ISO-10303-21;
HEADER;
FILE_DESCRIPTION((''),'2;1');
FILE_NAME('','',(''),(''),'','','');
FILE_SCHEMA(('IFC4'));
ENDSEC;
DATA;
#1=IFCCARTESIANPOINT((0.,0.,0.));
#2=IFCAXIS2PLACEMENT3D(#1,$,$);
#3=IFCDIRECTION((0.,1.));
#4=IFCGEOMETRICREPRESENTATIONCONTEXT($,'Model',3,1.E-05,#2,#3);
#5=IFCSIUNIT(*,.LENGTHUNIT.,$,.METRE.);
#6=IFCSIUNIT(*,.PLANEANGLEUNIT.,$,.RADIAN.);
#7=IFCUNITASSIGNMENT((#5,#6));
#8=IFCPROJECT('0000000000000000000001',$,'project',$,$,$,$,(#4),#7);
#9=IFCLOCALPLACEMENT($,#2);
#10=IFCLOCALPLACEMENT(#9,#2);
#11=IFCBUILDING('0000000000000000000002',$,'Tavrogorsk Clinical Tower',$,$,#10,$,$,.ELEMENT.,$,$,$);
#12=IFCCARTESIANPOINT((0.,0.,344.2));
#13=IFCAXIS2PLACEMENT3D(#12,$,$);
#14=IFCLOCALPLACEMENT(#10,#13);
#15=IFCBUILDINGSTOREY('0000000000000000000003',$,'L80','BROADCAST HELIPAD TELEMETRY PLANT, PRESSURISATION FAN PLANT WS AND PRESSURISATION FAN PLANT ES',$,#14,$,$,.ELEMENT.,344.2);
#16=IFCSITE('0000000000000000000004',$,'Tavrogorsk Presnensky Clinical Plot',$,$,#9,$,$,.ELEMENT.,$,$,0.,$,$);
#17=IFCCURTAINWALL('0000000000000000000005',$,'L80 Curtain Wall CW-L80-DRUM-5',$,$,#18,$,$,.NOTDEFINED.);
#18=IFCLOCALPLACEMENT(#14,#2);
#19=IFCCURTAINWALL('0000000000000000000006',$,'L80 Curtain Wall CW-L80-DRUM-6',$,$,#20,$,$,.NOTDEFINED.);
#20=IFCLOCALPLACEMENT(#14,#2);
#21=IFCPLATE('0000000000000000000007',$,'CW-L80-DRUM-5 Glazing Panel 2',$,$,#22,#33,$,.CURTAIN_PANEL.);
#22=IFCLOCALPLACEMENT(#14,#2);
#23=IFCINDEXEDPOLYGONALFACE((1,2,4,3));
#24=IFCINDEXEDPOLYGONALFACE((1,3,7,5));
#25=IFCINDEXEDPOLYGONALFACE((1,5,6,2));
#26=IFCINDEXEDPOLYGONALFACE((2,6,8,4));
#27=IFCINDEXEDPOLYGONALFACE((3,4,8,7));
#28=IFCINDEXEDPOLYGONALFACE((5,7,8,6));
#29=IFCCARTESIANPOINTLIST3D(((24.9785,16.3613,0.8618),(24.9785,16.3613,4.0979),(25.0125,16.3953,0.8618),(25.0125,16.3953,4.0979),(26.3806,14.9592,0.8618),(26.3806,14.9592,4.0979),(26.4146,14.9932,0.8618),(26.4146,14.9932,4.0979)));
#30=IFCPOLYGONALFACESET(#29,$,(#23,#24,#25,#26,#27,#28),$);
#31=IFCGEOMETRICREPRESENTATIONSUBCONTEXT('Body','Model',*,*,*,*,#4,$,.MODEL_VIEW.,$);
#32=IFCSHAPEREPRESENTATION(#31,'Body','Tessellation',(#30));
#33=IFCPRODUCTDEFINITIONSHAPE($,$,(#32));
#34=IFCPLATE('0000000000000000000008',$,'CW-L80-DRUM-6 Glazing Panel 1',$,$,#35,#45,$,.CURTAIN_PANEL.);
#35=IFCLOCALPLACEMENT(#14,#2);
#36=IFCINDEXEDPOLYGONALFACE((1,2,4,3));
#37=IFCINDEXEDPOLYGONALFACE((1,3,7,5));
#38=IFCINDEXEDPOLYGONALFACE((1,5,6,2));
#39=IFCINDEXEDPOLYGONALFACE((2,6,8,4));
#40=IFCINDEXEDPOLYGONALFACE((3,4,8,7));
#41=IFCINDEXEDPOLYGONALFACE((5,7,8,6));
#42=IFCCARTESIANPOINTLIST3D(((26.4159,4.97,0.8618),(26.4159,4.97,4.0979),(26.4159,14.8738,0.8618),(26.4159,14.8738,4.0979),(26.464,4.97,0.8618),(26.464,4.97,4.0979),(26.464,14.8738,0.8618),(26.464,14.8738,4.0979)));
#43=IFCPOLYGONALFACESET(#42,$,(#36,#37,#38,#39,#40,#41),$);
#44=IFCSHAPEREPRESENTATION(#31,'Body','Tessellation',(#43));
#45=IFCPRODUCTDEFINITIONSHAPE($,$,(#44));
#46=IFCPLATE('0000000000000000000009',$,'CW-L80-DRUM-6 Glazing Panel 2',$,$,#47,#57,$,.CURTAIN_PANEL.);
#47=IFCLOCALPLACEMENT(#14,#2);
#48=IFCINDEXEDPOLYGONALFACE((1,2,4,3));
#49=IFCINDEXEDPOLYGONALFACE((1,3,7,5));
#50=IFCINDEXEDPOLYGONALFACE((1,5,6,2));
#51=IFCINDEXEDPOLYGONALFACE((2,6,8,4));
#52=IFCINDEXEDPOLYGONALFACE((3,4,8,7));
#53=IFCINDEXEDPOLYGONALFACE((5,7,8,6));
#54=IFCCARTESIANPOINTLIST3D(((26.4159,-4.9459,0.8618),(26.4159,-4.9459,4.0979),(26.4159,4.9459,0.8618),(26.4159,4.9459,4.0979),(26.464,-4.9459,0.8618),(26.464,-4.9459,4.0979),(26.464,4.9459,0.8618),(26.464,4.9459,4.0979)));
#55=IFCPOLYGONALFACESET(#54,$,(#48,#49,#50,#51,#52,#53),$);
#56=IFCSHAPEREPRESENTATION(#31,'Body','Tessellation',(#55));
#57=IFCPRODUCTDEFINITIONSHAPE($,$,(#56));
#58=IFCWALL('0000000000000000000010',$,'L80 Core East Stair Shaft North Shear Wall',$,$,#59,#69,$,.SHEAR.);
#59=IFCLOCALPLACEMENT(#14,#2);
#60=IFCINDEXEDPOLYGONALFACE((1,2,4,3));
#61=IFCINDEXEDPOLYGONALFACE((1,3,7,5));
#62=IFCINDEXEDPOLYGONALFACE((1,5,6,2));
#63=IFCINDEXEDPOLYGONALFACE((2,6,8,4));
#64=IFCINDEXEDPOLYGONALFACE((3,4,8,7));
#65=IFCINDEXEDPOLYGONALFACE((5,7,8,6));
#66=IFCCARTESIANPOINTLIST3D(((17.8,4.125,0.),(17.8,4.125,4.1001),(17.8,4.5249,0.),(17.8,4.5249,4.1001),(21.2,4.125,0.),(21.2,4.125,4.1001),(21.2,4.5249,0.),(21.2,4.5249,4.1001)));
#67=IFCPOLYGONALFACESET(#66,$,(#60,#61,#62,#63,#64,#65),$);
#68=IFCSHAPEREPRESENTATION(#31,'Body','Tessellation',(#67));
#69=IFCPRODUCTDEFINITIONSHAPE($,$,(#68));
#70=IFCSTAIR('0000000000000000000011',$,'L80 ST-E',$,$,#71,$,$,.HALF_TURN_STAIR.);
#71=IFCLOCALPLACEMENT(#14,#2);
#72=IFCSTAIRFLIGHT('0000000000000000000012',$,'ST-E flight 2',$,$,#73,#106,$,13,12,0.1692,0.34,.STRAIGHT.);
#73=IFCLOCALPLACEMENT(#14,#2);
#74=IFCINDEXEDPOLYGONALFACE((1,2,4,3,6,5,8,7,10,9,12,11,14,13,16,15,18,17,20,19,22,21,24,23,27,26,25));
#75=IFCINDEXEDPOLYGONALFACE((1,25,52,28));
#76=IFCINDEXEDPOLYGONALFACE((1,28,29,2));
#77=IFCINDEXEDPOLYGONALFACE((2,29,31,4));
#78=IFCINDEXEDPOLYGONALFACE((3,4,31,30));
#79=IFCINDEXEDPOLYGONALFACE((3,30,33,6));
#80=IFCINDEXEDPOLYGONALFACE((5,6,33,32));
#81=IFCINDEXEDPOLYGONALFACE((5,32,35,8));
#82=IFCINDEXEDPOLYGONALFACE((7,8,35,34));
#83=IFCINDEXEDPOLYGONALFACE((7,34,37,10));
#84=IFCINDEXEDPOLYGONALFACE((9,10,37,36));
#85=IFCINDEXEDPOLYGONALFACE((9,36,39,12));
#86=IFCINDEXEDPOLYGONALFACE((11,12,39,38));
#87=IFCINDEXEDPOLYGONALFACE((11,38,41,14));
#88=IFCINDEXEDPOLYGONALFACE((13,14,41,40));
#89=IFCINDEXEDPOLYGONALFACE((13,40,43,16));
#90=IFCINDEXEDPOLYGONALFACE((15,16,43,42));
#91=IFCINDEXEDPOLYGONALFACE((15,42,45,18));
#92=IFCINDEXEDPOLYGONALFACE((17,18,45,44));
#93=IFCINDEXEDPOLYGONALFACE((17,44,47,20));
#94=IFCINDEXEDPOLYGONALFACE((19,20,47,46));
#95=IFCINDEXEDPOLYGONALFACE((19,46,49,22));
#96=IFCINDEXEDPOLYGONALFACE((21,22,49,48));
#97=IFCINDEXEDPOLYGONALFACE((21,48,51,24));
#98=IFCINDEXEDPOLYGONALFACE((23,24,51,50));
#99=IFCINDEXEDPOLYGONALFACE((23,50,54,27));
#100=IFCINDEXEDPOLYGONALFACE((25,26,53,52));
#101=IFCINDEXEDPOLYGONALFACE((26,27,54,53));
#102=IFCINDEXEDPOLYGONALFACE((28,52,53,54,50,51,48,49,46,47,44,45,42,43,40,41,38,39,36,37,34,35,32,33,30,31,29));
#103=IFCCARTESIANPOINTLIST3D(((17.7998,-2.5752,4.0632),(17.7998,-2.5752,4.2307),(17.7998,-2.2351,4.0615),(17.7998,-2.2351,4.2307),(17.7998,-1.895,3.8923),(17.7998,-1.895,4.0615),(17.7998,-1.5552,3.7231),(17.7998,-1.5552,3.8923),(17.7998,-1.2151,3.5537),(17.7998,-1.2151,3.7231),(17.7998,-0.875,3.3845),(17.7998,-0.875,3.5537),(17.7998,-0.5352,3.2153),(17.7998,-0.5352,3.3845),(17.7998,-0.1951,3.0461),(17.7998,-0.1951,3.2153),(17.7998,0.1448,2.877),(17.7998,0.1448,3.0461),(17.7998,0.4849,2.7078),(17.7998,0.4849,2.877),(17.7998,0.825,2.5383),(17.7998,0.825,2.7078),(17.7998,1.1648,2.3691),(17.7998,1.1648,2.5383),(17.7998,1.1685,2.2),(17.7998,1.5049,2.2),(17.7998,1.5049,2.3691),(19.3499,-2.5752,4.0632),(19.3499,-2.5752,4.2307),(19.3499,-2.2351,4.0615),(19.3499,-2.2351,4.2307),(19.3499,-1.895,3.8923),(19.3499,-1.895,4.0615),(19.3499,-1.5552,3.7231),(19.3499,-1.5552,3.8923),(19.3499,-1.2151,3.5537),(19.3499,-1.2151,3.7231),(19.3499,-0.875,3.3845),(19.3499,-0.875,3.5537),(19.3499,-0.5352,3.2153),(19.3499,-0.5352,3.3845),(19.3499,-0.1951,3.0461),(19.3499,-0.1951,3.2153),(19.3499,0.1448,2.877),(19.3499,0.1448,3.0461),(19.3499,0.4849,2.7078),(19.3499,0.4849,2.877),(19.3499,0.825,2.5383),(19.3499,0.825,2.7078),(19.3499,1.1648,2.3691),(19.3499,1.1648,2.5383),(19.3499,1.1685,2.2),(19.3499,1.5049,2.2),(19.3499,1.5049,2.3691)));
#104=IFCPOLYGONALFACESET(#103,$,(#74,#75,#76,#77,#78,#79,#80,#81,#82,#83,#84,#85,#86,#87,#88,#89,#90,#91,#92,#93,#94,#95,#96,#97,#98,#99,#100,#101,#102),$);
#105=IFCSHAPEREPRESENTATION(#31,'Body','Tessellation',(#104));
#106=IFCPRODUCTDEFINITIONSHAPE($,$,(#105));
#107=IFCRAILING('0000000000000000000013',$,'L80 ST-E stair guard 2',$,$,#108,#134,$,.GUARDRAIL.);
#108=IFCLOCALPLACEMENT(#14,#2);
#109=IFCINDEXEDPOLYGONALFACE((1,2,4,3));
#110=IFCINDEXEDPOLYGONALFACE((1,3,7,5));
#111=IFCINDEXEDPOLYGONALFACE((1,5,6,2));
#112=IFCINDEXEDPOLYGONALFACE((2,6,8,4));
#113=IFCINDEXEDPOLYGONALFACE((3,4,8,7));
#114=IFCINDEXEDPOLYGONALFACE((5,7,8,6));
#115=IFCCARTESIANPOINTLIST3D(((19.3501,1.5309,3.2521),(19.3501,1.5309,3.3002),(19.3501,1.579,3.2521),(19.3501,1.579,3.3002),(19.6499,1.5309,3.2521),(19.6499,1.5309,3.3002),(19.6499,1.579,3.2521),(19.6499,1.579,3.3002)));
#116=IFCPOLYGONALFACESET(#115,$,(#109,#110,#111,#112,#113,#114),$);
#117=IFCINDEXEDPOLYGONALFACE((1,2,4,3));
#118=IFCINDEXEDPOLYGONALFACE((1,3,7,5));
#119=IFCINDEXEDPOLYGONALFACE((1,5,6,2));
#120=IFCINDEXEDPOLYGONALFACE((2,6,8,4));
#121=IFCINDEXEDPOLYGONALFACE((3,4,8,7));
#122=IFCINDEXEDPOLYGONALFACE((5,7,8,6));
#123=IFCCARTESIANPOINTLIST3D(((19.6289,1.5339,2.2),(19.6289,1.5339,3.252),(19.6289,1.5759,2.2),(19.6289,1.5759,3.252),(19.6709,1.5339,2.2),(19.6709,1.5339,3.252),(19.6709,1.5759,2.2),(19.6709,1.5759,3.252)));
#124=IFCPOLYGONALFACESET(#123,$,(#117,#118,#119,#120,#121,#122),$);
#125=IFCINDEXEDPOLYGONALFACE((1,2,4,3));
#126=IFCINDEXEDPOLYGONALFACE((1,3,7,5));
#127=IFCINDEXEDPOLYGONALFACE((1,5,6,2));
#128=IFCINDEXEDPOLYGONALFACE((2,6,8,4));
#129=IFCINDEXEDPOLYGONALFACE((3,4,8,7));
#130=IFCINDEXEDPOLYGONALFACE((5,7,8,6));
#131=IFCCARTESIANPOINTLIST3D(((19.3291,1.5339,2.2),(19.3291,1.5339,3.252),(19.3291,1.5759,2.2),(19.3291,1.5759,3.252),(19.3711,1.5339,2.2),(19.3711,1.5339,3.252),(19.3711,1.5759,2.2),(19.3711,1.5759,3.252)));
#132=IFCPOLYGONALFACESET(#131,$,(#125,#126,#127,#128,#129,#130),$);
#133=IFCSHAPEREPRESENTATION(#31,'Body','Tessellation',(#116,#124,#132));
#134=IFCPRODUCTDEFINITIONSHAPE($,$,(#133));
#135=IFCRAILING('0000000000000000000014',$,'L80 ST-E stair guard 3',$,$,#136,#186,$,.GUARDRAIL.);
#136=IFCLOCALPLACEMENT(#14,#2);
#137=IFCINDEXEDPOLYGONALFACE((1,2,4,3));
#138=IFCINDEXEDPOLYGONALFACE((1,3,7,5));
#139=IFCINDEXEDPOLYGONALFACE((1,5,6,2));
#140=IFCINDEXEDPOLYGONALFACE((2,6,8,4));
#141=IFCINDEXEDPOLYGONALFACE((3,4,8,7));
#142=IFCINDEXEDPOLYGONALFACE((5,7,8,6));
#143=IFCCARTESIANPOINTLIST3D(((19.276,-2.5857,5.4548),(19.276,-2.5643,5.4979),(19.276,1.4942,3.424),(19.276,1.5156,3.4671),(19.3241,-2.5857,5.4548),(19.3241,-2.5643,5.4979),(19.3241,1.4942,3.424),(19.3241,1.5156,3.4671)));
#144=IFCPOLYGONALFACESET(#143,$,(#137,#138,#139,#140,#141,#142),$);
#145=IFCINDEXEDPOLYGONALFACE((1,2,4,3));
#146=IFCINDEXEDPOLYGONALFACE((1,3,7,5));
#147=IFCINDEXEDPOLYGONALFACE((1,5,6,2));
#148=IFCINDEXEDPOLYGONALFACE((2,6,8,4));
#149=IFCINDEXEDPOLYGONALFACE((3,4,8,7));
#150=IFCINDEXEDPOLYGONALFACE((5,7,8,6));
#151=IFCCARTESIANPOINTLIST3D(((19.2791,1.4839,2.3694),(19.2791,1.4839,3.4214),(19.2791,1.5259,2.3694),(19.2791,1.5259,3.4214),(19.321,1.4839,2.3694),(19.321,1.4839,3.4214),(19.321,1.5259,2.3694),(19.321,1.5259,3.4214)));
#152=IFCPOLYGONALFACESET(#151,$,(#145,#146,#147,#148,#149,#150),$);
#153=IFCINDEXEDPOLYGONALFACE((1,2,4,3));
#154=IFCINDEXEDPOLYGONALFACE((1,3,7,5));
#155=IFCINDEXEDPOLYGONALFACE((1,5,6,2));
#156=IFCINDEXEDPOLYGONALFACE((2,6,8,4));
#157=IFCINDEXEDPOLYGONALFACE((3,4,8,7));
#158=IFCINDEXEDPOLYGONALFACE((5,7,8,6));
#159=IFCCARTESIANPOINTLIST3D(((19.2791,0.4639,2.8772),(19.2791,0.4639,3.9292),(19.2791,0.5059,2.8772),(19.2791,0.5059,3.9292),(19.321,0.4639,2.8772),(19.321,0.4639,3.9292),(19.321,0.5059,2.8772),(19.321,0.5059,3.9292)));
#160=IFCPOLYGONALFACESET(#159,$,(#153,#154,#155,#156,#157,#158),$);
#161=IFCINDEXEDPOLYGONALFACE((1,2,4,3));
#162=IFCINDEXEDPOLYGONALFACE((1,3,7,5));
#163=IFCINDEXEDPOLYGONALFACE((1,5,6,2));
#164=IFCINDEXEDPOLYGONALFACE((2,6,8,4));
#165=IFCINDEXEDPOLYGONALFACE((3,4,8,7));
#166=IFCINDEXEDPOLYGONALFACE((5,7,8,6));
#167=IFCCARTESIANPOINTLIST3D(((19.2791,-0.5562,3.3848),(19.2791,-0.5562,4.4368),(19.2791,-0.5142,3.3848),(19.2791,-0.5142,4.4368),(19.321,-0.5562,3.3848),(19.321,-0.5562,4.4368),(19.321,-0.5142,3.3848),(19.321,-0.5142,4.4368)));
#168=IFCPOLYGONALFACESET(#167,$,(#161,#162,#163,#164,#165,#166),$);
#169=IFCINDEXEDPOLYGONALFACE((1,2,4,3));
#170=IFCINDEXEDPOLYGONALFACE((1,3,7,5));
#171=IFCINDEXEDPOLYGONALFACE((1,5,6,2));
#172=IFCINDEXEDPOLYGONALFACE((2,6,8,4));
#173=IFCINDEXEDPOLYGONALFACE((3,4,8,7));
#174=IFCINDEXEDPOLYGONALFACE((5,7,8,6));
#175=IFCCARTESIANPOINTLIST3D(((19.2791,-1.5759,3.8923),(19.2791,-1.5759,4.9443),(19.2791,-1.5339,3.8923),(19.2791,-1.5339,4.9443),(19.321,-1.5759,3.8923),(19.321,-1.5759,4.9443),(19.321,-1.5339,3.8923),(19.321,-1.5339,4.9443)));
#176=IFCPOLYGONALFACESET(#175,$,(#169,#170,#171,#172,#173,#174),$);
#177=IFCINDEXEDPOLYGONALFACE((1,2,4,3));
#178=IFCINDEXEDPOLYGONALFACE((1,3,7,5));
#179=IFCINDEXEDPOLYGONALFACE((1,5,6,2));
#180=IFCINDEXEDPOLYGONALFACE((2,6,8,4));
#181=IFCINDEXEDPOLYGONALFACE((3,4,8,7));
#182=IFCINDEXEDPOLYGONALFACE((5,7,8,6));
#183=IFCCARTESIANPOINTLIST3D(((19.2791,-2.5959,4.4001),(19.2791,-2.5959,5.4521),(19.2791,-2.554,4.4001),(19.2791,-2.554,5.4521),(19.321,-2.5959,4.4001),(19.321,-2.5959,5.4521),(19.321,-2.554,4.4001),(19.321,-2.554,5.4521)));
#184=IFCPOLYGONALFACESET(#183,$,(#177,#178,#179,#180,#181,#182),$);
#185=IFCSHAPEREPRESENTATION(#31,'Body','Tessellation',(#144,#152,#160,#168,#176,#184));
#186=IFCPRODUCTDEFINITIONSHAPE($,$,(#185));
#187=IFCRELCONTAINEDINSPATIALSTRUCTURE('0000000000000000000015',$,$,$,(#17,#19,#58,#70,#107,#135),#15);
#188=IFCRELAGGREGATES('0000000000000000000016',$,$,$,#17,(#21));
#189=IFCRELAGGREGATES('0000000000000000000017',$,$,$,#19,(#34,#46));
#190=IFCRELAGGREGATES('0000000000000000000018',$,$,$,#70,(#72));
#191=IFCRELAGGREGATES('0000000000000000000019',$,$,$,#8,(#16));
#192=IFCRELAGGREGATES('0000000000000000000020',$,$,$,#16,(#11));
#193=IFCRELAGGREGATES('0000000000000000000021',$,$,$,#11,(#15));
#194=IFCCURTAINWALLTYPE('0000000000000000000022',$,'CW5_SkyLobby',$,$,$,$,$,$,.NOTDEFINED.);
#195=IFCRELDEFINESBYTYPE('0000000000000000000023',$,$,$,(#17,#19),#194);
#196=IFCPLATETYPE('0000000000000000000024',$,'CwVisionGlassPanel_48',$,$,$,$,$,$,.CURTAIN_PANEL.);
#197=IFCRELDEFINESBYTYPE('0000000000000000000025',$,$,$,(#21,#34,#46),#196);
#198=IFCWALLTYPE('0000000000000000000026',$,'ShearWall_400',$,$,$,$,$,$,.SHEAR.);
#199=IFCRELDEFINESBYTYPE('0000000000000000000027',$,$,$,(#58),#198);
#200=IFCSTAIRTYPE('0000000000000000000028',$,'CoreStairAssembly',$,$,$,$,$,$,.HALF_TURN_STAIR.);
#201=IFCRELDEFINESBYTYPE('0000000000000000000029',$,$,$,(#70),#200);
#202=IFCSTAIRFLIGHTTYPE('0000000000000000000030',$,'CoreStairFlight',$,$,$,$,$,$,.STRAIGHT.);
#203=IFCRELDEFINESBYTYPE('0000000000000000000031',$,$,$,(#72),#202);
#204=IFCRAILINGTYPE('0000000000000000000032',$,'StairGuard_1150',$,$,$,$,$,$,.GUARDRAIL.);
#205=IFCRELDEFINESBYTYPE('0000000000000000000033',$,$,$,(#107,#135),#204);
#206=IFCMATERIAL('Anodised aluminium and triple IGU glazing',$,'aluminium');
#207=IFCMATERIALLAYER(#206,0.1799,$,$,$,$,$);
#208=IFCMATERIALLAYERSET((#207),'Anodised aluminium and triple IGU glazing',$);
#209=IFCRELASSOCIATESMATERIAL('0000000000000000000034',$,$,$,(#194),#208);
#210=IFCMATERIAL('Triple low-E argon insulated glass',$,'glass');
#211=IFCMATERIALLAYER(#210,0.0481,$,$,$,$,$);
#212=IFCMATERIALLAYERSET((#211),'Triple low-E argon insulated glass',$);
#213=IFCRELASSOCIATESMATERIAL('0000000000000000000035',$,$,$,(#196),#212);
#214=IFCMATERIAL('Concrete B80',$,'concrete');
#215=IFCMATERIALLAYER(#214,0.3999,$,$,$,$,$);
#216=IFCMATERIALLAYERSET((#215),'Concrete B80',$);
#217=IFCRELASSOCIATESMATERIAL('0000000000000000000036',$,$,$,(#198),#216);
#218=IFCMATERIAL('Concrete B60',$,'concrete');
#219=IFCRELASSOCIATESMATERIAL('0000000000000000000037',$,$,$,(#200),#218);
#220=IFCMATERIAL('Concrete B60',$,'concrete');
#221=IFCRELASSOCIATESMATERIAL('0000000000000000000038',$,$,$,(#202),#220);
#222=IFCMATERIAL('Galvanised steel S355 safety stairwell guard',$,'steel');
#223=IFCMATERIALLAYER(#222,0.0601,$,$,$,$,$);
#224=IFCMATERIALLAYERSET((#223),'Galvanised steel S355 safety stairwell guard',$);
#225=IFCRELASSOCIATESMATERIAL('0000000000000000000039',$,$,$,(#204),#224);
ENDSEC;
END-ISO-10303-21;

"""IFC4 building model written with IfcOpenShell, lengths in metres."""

from ifc_helpers import new_model, si_unit, direction, frame, frame_2d, origin, origin_2d, place, context, subcontext, project, spatial, polyline, rectangle, outline, extrude, material, layer, layer_set, type_object, element, aggregate, save


model = new_model("IFC4")

# Units and contexts
model_context = context("Model", 3, precision=1e-05, world=origin(), true_north=direction((0.0, 1.0)))
body_context = subcontext(model_context, "Body", "Model", "MODEL_VIEW")
ifc_project = project(units=[si_unit("LENGTHUNIT", "METRE"), si_unit("PLANEANGLEUNIT", "RADIAN")], contexts=[model_context])

# Site, building, storey
site_placement = place(None, origin())
site = spatial("IfcSite", under=ifc_project, at=site_placement, Name="Tavrogorsk Presnensky Clinical Plot", CompositionType="ELEMENT", RefElevation=0.0)
building_placement = place(site_placement, origin())
building = spatial("IfcBuilding", under=site, at=building_placement, Name="Tavrogorsk Clinical Tower", CompositionType="ELEMENT")
storey_placement = place(building_placement, frame((0.0, 0.0, 344.2)))
storey = spatial("IfcBuildingStorey", under=building, at=storey_placement, Name="L80", Description="BROADCAST HELIPAD TELEMETRY PLANT, PRESSURISATION FAN PLANT WS AND PRESSURISATION FAN PLANT ES", CompositionType="ELEMENT", Elevation=344.2)

# Shared definitions
ifc_material_1 = material(Name="Anodised aluminium and triple IGU glazing", Category="aluminium")
ifc_layer_1 = layer(ifc_material_1, 0.1799)
ifc_layer_set_1 = layer_set([ifc_layer_1], Name="Anodised aluminium and triple IGU glazing")
curtain_wall_type = type_object("IfcCurtainWallType", Name="CW5_SkyLobby", PredefinedType="NOTDEFINED", material=ifc_layer_set_1)

# Curtain walls
curtain_wall_1_placement = place(storey_placement, origin())
curtain_wall_1 = element("IfcCurtainWall", 1, at=curtain_wall_1_placement, inside=storey, type_object=curtain_wall_type, Name="L80 Curtain Wall CW-L80-DRUM-5", PredefinedType="NOTDEFINED")
curtain_wall_2_placement = place(storey_placement, origin())
curtain_wall_2 = element("IfcCurtainWall", 2, at=curtain_wall_2_placement, inside=storey, type_object=curtain_wall_type, Name="L80 Curtain Wall CW-L80-DRUM-6", PredefinedType="NOTDEFINED")

# Plates
ifc_material_2 = material(Name="Triple low-E argon insulated glass", Category="glass")
ifc_layer_2 = layer(ifc_material_2, 0.0481)
ifc_layer_set_2 = layer_set([ifc_layer_2], Name="Triple low-E argon insulated glass")
plate_type_1 = type_object("IfcPlateType", Name="CwVisionGlassPanel_48", PredefinedType="CURTAIN_PANEL", material=ifc_layer_set_2)
plate_1_placement = place(storey_placement, frame((25.6965, 15.6772, 0.8618), z_axis=(0.0, 0.0, 1.0), x_axis=(0.707107, -0.707107, 0.0)))
plate_1 = element("IfcPlate", 3, at=plate_1_placement, type_object=plate_type_1, Name="CW-L80-DRUM-5 Glazing Panel 2", PredefinedType="CURTAIN_PANEL", context=body_context, shape_type="SweptSolid", body=[
    extrude(rectangle(XDim=1.9829, YDim=0.0481, at=origin_2d()), origin(), (0.0, 0.0, 1.0), 3.2361),
])
aggregate(curtain_wall_1, [plate_1])
plate_2_placement = place(storey_placement, frame((26.4399, 9.9219, 0.8618), z_axis=(0.0, 0.0, 1.0), x_axis=(0.0, -1.0, 0.0)))
plate_2 = element("IfcPlate", 4, at=plate_2_placement, type_object=plate_type_1, Name="CW-L80-DRUM-6 Glazing Panel 1", PredefinedType="CURTAIN_PANEL", context=body_context, shape_type="SweptSolid", body=[
    extrude(rectangle(XDim=9.9038, YDim=0.0481, at=origin_2d()), origin(), (0.0, 0.0, 1.0), 3.2361),
])
plate_3_placement = place(storey_placement, frame((26.4399, 0.0, 0.8618), z_axis=(0.0, 0.0, 1.0), x_axis=(0.0, -1.0, 0.0)))
plate_3 = element("IfcPlate", 5, at=plate_3_placement, type_object=plate_type_1, Name="CW-L80-DRUM-6 Glazing Panel 2", PredefinedType="CURTAIN_PANEL", context=body_context, shape_type="SweptSolid", body=[
    extrude(rectangle(XDim=9.8918, YDim=0.0481, at=origin_2d()), origin(), (0.0, 0.0, 1.0), 3.2361),
])
aggregate(curtain_wall_2, [plate_2, plate_3])

# Wall
ifc_material_3 = material(Name="Concrete B80", Category="concrete")
ifc_layer_3 = layer(ifc_material_3, 0.3999)
ifc_layer_set_3 = layer_set([ifc_layer_3], Name="Concrete B80")
wall_type = type_object("IfcWallType", Name="ShearWall_400", PredefinedType="SHEAR", material=ifc_layer_set_3)
wall_placement = place(storey_placement, frame((17.8, 4.325, 0.0), z_axis=(0.0, 0.0, 1.0), x_axis=(1.0, 0.0, 0.0)))
element("IfcWall", 6, at=wall_placement, inside=storey, type_object=wall_type, Name="L80 Core East Stair Shaft North Shear Wall", PredefinedType="SHEAR", context=body_context, shape_type="SweptSolid", body=[
    extrude(rectangle(XDim=3.3999, YDim=0.3999, at=frame_2d((1.7, 0.0))), origin(), (0.0, 0.0, 1.0), 4.1001),
])

# Stair, stair flight
ifc_material_4 = material(Name="Concrete B60", Category="concrete")
stair_type = type_object("IfcStairType", Name="CoreStairAssembly", PredefinedType="HALF_TURN_STAIR", material=ifc_material_4)
stair_placement = place(storey_placement, origin())
stair = element("IfcStair", 7, at=stair_placement, inside=storey, type_object=stair_type, Name="L80 ST-E", PredefinedType="HALF_TURN_STAIR")
ifc_material_5 = material(Name="Concrete B60", Category="concrete")
stair_flight_type = type_object("IfcStairFlightType", Name="CoreStairFlight", PredefinedType="STRAIGHT", material=ifc_material_5)
stair_flight_placement = place(storey_placement, frame((18.575, 1.5049, 2.2), z_axis=(0.0, 0.0, 1.0), x_axis=(0.0, -1.0, 0.0)))
stair_flight = element("IfcStairFlight", 8, at=stair_flight_placement, type_object=stair_flight_type, Name="ST-E flight 2", NumberOfRisers=13, NumberOfTreads=12, PredefinedType="STRAIGHT", RiserHeight=0.1692, TreadLength=0.34, context=body_context, shape_type="SweptSolid", body=[
    extrude(outline(polyline([(0.0, 0.0), (0.0, 0.1692), (0.3401, 0.1692), (0.3401, 0.3384), (0.6799, 0.3384), (0.6799, 0.5078), (1.02, 0.5078), (1.02, 0.677), (1.3601, 0.677), (1.3601, 0.8462), (1.7, 0.8462), (1.7, 1.0154), (2.04, 1.0154), (2.04, 1.1846), (2.3799, 1.1846), (2.3799, 1.3538), (2.72, 1.3538), (2.72, 1.5232), (3.0601, 1.5232), (3.0601, 1.6924), (3.3999, 1.6924), (3.3999, 1.8616), (3.74, 1.8616), (3.74, 2.0308), (4.0801, 2.0308), (4.0801, 2.2), (4.0801, 1.8633), (0.3364, 0.0), (0.0, 0.0)])), frame((0.0, 0.7749, 0.0), z_axis=(0.0, -1.0, 0.0), x_axis=(1.0, 0.0, 0.0)), (0.0, 0.0, 1.0), 1.55),
])
aggregate(stair, [stair_flight])

# Railings
ifc_material_6 = material(Name="Galvanised steel S355 safety stairwell guard", Category="steel")
ifc_layer_4 = layer(ifc_material_6, 0.0601)
ifc_layer_set_4 = layer_set([ifc_layer_4], Name="Galvanised steel S355 safety stairwell guard")
railing_type_1 = type_object("IfcRailingType", Name="StairGuard_1150", PredefinedType="GUARDRAIL", material=ifc_layer_set_4)
railing_1_placement = place(storey_placement, frame((19.6499, 1.5549, 2.2)))
element("IfcRailing", 9, at=railing_1_placement, inside=storey, type_object=railing_type_1, Name="L80 ST-E stair guard 2", PredefinedType="GUARDRAIL", context=body_context, shape_type="SweptSolid", body=[
    extrude(rectangle(XDim=0.0481, YDim=0.0481, at=origin_2d()), frame((0.0, 0.0, 1.0762), z_axis=(-1.0, 0.0, 0.0), x_axis=(0.0, -1.0, 0.0)), (0.0, 0.0, 1.0), 0.2998),
    extrude(rectangle(XDim=0.042, YDim=0.042, at=origin_2d()), origin(), (0.0, 0.0, 1.0), 1.052),
    extrude(rectangle(XDim=0.042, YDim=0.042, at=origin_2d()), frame((-0.2998, 0.0, 0.0)), (0.0, 0.0, 1.0), 1.052),
])
railing_2_placement = place(storey_placement, frame((19.3, 1.5049, 2.3694)))
element("IfcRailing", 10, at=railing_2_placement, inside=storey, type_object=railing_type_1, Name="L80 ST-E stair guard 3", PredefinedType="GUARDRAIL", context=body_context, shape_type="SweptSolid", body=[
    extrude(rectangle(XDim=0.0481, YDim=0.0481, at=origin_2d()), frame((0.0, 0.0, 1.0762), z_axis=(0.0, -0.895229, 0.445606), x_axis=(1.0, 0.0, 0.0)), (0.0, 0.0, 1.0), 4.5574),
    extrude(rectangle(XDim=0.042, YDim=0.042, at=origin_2d()), origin(), (0.0, 0.0, 1.0), 1.052),
    extrude(rectangle(XDim=0.042, YDim=0.042, at=origin_2d()), frame((0.0, -1.02, 0.5078)), (0.0, 0.0, 1.0), 1.052),
    extrude(rectangle(XDim=0.042, YDim=0.042, at=origin_2d()), frame((0.0, -2.04, 1.0154)), (0.0, 0.0, 1.0), 1.052),
    extrude(rectangle(XDim=0.042, YDim=0.042, at=origin_2d()), frame((0.0, -3.0598, 1.5229)), (0.0, 0.0, 1.0), 1.052),
    extrude(rectangle(XDim=0.042, YDim=0.042, at=origin_2d()), frame((0.0, -4.0798, 2.0308)), (0.0, 0.0, 1.0), 1.052),
])

save(model, "model.ifc")
